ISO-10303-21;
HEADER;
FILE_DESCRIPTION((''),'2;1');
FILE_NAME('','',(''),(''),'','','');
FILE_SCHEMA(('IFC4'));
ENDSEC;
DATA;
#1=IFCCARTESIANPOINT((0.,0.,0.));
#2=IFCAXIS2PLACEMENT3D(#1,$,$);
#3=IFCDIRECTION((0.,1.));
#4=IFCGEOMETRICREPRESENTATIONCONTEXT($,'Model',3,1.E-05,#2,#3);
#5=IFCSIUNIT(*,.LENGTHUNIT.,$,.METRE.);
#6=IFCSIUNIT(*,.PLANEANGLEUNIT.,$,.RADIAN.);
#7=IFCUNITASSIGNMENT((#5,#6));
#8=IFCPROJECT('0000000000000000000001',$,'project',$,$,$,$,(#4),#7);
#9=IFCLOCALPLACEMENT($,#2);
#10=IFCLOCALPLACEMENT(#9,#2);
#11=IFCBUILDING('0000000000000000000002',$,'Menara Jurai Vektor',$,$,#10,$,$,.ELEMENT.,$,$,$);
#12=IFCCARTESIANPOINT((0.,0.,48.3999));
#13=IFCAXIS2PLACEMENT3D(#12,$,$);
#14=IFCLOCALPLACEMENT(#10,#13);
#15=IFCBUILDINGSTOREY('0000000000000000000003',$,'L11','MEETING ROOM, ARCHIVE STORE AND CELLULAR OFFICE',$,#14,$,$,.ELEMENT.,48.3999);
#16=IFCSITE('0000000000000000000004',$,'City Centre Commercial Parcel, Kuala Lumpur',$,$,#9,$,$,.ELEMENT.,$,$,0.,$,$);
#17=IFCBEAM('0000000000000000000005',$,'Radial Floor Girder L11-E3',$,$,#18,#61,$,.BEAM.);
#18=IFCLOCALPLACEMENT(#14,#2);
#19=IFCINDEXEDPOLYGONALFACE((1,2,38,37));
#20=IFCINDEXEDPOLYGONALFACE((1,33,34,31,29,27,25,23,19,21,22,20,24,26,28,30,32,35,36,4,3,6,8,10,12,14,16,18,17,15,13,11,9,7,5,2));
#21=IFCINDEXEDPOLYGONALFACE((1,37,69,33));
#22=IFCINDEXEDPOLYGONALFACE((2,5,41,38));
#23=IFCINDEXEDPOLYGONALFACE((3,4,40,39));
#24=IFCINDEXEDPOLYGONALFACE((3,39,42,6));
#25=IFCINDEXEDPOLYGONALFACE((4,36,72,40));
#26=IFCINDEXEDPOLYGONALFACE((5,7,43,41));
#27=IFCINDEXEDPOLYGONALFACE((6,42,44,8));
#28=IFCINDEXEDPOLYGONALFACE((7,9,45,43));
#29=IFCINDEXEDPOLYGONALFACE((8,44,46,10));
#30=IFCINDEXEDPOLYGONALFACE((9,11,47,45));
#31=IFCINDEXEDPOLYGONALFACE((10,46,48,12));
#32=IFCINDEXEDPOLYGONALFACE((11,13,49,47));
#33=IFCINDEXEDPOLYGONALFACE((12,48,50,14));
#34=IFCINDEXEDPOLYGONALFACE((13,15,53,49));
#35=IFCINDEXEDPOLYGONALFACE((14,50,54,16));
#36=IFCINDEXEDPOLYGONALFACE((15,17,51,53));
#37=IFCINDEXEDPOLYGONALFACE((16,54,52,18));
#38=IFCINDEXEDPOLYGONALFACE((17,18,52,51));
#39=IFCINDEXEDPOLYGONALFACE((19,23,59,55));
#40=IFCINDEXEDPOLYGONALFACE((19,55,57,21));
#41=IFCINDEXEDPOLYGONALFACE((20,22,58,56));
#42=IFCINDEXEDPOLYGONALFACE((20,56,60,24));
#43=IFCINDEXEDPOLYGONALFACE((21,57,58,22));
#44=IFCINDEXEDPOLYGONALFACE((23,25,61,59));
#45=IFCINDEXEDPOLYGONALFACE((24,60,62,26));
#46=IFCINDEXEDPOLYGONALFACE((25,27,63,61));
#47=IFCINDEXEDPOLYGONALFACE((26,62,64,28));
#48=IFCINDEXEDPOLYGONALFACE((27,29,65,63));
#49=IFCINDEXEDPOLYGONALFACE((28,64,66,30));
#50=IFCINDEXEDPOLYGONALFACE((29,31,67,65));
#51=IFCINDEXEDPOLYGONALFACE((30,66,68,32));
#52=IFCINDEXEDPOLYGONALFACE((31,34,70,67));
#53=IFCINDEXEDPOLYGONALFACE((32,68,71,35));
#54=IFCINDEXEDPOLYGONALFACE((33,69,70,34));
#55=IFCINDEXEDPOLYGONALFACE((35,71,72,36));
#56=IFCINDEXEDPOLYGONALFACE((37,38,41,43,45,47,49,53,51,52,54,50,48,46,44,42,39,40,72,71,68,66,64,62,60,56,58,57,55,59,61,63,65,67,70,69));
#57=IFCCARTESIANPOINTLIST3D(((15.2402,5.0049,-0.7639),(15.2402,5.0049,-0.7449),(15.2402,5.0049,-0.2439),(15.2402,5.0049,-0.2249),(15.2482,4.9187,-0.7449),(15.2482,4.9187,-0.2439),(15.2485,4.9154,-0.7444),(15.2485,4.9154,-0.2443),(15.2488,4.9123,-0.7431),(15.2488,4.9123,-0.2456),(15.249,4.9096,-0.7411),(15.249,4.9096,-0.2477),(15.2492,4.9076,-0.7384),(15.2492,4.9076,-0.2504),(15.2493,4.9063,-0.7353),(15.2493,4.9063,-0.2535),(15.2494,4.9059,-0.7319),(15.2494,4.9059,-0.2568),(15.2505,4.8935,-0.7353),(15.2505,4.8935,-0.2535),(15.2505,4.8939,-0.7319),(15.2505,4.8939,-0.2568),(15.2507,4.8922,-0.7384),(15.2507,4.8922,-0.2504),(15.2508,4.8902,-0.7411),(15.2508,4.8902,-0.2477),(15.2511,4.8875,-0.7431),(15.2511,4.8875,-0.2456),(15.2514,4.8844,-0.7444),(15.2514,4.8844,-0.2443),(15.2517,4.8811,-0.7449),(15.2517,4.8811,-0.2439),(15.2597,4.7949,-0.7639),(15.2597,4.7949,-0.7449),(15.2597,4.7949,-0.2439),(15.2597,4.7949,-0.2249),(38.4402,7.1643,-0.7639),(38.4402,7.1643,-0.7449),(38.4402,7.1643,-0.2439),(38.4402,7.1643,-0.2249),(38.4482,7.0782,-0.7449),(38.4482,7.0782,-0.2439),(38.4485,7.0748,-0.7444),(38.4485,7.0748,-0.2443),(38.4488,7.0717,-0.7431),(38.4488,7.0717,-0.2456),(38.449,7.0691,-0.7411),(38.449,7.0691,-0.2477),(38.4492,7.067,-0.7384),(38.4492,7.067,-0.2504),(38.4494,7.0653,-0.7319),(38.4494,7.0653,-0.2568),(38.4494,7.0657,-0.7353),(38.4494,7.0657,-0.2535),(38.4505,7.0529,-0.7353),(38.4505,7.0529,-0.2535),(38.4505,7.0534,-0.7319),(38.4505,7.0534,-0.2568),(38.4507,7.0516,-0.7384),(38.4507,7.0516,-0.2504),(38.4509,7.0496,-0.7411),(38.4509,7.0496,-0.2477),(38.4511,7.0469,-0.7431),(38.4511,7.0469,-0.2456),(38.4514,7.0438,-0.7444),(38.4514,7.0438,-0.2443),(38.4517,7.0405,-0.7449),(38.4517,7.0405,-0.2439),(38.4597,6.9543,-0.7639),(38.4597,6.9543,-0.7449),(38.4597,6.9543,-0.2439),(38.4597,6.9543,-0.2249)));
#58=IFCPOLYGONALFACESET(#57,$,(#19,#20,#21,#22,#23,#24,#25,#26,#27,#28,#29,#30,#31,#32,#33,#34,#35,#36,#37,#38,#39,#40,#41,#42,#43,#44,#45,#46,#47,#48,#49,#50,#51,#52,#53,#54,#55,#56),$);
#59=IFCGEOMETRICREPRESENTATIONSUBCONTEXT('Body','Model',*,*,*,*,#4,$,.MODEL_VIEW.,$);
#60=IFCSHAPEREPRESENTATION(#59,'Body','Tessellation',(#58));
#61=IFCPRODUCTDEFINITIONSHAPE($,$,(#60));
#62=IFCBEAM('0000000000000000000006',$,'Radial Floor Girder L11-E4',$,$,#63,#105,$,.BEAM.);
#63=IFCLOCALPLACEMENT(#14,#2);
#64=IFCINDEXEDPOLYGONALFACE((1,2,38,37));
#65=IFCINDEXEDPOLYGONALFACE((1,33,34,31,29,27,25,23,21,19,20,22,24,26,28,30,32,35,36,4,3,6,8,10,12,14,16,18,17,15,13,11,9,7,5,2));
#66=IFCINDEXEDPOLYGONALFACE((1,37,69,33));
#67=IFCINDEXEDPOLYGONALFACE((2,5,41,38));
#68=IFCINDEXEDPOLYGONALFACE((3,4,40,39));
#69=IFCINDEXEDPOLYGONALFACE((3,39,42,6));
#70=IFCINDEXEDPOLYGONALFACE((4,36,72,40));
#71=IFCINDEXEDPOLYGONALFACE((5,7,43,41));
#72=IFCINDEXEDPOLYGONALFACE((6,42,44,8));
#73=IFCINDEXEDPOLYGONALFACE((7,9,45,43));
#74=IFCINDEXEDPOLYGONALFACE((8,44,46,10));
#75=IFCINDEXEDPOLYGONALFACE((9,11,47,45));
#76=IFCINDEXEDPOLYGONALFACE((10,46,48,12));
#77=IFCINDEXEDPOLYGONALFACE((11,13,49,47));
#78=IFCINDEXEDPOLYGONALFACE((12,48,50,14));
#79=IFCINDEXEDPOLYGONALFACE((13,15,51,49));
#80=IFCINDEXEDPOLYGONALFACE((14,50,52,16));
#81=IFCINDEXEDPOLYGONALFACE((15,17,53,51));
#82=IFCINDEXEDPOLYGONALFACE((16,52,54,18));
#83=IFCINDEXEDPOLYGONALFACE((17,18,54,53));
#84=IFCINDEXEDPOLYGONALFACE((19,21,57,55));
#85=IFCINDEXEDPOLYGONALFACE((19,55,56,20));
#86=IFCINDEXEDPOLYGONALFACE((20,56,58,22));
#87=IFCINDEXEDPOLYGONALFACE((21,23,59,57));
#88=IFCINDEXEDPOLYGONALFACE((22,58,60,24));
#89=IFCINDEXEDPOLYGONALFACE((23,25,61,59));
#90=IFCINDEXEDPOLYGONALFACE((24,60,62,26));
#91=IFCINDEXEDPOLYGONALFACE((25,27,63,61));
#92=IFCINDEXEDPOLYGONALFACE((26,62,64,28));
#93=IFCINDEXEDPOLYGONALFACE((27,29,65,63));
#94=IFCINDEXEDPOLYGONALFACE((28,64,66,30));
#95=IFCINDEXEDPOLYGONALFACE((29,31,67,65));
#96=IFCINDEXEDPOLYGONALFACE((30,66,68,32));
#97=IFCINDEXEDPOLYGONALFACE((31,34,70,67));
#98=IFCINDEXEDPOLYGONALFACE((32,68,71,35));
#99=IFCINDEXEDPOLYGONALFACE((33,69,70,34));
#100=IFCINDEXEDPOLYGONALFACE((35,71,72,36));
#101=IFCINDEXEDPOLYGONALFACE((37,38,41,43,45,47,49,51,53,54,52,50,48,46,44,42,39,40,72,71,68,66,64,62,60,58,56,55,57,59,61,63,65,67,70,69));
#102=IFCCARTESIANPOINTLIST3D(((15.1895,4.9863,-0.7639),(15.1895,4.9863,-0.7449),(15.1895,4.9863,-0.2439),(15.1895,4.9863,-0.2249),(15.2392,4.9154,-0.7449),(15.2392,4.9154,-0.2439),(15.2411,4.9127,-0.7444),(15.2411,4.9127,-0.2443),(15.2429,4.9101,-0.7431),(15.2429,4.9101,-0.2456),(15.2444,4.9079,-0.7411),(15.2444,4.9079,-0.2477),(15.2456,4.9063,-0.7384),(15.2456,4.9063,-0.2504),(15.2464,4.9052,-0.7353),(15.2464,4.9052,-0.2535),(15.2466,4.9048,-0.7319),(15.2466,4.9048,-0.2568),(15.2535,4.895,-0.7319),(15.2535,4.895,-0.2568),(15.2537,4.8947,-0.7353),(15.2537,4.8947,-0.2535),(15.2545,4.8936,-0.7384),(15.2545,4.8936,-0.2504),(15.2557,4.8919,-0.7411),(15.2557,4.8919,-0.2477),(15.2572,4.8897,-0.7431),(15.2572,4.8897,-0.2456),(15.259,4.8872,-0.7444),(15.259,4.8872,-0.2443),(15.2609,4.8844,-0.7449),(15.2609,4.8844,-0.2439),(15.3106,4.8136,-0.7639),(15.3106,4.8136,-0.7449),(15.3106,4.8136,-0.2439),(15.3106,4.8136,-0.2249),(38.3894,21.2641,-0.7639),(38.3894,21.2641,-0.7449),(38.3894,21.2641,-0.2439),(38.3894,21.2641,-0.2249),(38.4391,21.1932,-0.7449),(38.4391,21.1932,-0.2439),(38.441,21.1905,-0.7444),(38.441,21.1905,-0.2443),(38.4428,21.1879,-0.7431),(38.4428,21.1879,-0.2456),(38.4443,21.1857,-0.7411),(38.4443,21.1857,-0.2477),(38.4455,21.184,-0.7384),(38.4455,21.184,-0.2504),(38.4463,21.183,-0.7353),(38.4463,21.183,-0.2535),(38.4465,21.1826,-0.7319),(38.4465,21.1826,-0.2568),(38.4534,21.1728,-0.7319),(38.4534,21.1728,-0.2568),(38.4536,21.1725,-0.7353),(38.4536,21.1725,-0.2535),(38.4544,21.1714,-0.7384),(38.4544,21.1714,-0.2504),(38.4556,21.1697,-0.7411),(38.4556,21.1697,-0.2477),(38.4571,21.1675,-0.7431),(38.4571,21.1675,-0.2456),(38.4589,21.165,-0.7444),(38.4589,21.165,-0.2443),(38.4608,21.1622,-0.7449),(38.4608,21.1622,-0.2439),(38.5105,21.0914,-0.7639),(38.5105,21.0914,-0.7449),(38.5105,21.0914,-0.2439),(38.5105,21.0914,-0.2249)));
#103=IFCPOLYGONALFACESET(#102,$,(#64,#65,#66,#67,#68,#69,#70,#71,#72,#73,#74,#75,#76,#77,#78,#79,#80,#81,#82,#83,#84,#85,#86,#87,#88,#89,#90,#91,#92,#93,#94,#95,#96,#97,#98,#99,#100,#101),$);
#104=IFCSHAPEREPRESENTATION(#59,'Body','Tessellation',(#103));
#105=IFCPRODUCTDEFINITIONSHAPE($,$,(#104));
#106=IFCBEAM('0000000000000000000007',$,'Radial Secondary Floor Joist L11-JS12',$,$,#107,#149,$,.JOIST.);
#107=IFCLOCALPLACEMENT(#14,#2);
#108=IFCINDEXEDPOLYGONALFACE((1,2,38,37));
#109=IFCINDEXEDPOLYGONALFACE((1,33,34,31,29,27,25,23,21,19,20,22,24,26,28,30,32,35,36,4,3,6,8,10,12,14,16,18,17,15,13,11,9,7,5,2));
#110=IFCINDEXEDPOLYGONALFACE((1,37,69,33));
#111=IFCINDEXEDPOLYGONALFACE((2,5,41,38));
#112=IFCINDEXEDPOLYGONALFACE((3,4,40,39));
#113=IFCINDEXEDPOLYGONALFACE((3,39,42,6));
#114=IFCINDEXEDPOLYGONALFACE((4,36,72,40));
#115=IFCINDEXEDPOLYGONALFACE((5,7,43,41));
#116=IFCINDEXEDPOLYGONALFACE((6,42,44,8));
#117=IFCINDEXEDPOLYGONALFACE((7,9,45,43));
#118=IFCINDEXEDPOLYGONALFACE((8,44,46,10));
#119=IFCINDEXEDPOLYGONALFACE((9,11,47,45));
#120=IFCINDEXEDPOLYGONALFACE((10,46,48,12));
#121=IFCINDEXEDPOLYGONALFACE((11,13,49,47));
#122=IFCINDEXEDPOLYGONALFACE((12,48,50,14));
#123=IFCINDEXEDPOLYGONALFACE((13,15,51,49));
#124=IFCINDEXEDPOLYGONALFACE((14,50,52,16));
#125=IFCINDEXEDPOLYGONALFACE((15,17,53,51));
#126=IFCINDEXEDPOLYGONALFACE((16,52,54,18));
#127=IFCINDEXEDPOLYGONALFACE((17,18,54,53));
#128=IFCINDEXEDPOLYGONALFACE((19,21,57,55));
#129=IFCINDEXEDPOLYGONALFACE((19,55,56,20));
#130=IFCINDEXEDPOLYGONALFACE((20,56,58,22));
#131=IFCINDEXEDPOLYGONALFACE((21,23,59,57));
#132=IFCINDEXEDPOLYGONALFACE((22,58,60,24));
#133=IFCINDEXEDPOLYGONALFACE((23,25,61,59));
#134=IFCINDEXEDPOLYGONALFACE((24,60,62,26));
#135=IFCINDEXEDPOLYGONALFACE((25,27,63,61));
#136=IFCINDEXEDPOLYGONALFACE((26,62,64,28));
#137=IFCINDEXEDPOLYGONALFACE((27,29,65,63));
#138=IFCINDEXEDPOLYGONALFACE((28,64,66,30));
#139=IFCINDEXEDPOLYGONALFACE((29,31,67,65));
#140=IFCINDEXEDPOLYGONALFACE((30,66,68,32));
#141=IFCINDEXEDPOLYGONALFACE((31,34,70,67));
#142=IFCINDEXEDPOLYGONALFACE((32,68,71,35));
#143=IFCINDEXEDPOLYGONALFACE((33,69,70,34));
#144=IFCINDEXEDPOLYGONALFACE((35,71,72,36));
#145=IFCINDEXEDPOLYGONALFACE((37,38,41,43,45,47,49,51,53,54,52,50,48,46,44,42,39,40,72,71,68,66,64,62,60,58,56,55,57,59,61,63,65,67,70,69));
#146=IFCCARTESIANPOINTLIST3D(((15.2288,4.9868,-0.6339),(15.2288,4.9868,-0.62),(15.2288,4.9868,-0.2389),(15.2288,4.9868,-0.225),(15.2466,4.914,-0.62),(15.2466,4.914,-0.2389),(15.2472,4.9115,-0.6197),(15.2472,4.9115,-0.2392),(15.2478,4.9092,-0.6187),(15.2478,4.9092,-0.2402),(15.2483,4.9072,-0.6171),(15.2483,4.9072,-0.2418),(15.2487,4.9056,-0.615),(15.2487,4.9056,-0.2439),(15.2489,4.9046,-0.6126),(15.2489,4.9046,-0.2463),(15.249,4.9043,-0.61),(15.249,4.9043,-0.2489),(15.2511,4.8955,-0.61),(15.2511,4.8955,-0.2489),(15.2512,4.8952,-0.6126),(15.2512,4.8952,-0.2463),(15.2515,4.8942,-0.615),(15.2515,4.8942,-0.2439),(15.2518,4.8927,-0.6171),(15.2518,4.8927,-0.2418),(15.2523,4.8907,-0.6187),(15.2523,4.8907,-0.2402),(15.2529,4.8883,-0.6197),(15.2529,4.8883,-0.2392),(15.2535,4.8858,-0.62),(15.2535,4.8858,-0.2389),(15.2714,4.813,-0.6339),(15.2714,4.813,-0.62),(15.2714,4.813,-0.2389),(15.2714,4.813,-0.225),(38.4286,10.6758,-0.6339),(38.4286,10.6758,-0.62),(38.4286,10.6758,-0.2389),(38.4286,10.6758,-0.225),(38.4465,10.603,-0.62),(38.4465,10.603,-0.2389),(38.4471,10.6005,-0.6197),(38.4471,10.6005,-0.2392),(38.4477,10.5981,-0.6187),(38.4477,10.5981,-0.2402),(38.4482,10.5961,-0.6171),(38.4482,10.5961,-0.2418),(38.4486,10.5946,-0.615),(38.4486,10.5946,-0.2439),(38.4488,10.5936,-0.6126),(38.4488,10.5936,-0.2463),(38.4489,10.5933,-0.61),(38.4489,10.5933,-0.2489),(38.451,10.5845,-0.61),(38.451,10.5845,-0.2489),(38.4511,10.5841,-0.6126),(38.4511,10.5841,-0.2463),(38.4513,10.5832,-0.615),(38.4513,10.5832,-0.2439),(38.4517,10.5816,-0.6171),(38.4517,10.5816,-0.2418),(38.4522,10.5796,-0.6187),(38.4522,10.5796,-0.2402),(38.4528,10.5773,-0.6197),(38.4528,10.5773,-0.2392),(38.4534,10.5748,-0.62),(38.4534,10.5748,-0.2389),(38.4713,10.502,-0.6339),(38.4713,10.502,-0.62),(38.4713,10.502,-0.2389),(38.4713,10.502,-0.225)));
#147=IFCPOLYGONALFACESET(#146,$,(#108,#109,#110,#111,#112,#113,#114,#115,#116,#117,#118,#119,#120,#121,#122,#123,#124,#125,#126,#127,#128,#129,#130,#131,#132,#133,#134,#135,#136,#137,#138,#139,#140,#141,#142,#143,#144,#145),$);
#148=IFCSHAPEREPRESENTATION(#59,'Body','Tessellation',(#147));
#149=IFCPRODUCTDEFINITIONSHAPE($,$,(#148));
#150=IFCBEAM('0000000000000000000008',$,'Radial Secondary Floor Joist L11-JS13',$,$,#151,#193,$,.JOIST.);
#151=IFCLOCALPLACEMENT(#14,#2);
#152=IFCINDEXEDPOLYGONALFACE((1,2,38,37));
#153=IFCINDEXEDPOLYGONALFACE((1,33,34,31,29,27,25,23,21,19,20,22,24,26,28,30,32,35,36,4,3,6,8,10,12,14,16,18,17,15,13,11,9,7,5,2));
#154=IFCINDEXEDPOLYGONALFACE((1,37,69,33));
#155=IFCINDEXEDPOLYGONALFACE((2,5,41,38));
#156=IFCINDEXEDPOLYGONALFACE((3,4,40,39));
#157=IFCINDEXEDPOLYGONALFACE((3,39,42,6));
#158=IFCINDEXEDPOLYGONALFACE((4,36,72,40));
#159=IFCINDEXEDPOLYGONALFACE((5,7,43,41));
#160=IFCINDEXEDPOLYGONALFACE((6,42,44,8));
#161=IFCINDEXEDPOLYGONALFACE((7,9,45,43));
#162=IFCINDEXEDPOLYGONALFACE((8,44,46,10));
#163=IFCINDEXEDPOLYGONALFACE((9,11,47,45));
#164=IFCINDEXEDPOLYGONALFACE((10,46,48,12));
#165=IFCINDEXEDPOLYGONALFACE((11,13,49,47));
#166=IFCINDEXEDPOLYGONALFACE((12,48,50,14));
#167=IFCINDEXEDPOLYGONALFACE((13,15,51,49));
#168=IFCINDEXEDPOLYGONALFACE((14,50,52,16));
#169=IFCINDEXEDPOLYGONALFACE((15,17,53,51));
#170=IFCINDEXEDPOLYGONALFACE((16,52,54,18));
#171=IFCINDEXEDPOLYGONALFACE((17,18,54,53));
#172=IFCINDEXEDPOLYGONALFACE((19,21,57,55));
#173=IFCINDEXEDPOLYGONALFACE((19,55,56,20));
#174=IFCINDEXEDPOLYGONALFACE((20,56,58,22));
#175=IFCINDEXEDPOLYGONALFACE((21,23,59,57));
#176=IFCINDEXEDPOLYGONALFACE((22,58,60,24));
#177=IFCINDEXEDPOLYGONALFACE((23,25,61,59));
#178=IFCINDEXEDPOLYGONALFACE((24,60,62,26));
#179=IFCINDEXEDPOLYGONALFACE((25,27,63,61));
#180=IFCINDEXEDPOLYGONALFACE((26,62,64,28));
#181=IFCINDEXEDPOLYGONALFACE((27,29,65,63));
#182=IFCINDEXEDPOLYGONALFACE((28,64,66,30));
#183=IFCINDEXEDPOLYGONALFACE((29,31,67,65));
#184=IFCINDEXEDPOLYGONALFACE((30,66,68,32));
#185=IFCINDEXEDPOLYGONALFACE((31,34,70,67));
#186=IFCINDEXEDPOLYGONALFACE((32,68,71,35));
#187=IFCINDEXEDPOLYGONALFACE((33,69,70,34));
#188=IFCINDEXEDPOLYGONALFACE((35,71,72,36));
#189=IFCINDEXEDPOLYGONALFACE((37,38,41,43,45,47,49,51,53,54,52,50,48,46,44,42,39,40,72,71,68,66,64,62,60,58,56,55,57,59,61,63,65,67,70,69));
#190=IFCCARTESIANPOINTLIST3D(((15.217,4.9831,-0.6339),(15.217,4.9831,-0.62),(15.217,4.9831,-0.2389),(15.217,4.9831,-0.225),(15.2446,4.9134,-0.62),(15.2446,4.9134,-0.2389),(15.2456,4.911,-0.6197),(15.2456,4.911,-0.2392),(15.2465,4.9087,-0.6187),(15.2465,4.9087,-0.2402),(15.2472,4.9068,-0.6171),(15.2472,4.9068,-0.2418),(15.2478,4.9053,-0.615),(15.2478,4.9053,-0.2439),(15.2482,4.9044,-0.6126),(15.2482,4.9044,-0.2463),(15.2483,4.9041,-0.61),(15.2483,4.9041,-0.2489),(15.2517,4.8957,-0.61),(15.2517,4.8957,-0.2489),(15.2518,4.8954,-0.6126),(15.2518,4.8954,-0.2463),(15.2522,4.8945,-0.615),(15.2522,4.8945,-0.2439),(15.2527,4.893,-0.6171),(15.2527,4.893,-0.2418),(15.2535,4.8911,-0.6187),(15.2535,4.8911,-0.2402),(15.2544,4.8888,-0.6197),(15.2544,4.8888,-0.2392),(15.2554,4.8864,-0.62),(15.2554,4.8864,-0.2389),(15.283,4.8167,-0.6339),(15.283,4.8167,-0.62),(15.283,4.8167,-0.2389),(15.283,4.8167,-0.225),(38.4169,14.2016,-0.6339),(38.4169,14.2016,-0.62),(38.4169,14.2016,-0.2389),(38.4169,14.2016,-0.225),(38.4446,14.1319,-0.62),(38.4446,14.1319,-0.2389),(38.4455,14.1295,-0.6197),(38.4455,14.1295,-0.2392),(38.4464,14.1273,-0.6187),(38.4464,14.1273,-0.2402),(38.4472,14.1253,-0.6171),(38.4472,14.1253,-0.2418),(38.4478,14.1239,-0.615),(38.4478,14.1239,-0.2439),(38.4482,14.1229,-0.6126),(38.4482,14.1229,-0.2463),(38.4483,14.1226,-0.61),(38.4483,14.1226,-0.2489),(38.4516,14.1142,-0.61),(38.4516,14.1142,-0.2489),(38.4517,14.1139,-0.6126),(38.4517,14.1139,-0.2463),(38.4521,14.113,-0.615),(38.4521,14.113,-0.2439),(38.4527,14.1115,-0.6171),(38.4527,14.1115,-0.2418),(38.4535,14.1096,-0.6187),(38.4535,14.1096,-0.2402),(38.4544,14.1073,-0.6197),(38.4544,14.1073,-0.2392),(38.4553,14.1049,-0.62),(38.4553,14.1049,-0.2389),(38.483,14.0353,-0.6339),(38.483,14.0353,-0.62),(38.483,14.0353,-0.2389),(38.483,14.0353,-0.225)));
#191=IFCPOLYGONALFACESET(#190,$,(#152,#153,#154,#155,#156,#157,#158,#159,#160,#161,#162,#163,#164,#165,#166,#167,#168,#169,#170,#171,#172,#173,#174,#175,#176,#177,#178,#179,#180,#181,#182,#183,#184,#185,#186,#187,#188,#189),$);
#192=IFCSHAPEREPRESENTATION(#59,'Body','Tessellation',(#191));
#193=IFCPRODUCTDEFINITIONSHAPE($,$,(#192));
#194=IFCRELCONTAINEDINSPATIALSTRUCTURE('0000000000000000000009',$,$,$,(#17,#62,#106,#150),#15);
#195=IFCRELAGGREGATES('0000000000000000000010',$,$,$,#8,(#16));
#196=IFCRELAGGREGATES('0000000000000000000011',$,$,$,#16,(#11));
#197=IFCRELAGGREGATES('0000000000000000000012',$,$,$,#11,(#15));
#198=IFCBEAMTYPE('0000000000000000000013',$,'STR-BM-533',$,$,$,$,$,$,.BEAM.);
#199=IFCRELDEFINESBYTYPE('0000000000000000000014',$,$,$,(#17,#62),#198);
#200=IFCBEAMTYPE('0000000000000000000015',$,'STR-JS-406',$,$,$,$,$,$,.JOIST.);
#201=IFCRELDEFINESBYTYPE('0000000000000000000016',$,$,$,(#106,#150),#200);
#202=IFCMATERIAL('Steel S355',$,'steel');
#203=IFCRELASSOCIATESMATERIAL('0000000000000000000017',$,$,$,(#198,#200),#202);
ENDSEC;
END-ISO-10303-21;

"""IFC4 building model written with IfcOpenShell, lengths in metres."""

from ifc_helpers import new_model, si_unit, direction, frame, origin, origin_2d, place, context, subcontext, project, spatial, i_section, extrude, material, material_profile, profile_set, type_object, element, save


model = new_model("IFC4")

# Units and contexts
model_context = context("Model", 3, precision=1e-05, world=origin(), true_north=direction((0.0, 1.0)))
body_context = subcontext(model_context, "Body", "Model", "MODEL_VIEW")
ifc_project = project(units=[si_unit("LENGTHUNIT", "METRE"), si_unit("PLANEANGLEUNIT", "RADIAN")], contexts=[model_context])

# Site, building, storey
site_placement = place(None, origin())
site = spatial("IfcSite", under=ifc_project, at=site_placement, Name="City Centre Commercial Parcel, Kuala Lumpur", CompositionType="ELEMENT", RefElevation=0.0)
building_placement = place(site_placement, origin())
building = spatial("IfcBuilding", under=site, at=building_placement, Name="Menara Jurai Vektor", CompositionType="ELEMENT")
storey_placement = place(building_placement, frame((0.0, 0.0, 48.3999)))
storey = spatial("IfcBuildingStorey", under=building, at=storey_placement, Name="L11", Description="MEETING ROOM, ARCHIVE STORE AND CELLULAR OFFICE", CompositionType="ELEMENT", Elevation=48.3999)

# Beams
ifc_material_1 = material(Name="Steel S355", Category="steel")
ifc_material_profile_1 = material_profile(ifc_material_1, i_section(OverallWidth=0.2109, OverallDepth=0.5391, WebThickness=0.012, FlangeThickness=0.019, FilletRadius=0.0129, at=origin_2d()), Name="UKB 533x210x109")
ifc_profile_set_1 = profile_set([ifc_material_profile_1], Name="Steel S355")
beam_type_1 = type_object("IfcBeamType", Name="STR-BM-533", PredefinedType="BEAM", material=ifc_profile_set_1)
beam_1_placement = place(storey_placement, frame((38.45, 7.0593, -0.4944), z_axis=(-0.995696, -0.092678, 0.0), x_axis=(0.092678, -0.995696, 0.0)))
element("IfcBeam", 1, at=beam_1_placement, inside=storey, type_object=beam_type_1, Name="Radial Floor Girder L11-E3", PredefinedType="BEAM", context=body_context, shape_type="SweptSolid", body=[
    extrude(i_section(OverallWidth=0.2109, OverallDepth=0.5391, WebThickness=0.012, FlangeThickness=0.019, FilletRadius=0.0129, at=origin_2d()), origin(), (0.0, 0.0, 1.0), 23.3003),
])
beam_2_placement = place(storey_placement, frame((38.45, 21.1777, -0.4944), z_axis=(-0.818604, -0.574359, 0.0), x_axis=(0.574359, -0.818604, 0.0)))
element("IfcBeam", 2, at=beam_2_placement, inside=storey, type_object=beam_type_1, Name="Radial Floor Girder L11-E4", PredefinedType="BEAM", context=body_context, shape_type="SweptSolid", body=[
    extrude(i_section(OverallWidth=0.2109, OverallDepth=0.5391, WebThickness=0.012, FlangeThickness=0.019, FilletRadius=0.0129, at=origin_2d()), origin(), (0.0, 0.0, 1.0), 28.3408),
])
ifc_material_profile_2 = material_profile(ifc_material_1, i_section(OverallWidth=0.179, OverallDepth=0.4089, WebThickness=0.009, FlangeThickness=0.0139, FilletRadius=0.01, at=origin_2d()), Name="UKB 406x178x67")
ifc_profile_set_2 = profile_set([ifc_material_profile_2], Name="Steel S355")
beam_type_2 = type_object("IfcBeamType", Name="STR-JS-406", PredefinedType="JOIST", material=ifc_profile_set_2)
beam_3_placement = place(storey_placement, frame((38.45, 10.5889, -0.4294), z_axis=(-0.971226, -0.238159, 0.0), x_axis=(0.238159, -0.971226, 0.0)))
element("IfcBeam", 3, at=beam_3_placement, inside=storey, type_object=beam_type_2, Name="Radial Secondary Floor Joist L11-JS12", PredefinedType="JOIST", context=body_context, shape_type="SweptSolid", body=[
    extrude(i_section(OverallWidth=0.179, OverallDepth=0.4089, WebThickness=0.009, FlangeThickness=0.0139, FilletRadius=0.01, at=origin_2d()), origin(), (0.0, 0.0, 1.0), 23.8872),
])
beam_4_placement = place(storey_placement, frame((38.45, 14.1184, -0.4294), z_axis=(-0.929323, -0.369267, 0.0), x_axis=(0.369267, -0.929323, 0.0)))
element("IfcBeam", 4, at=beam_4_placement, inside=storey, type_object=beam_type_2, Name="Radial Secondary Floor Joist L11-JS13", PredefinedType="JOIST", context=body_context, shape_type="SweptSolid", body=[
    extrude(i_section(OverallWidth=0.179, OverallDepth=0.4089, WebThickness=0.009, FlangeThickness=0.0139, FilletRadius=0.01, at=origin_2d()), origin(), (0.0, 0.0, 1.0), 24.9644),
])

save(model, "model.ifc")
